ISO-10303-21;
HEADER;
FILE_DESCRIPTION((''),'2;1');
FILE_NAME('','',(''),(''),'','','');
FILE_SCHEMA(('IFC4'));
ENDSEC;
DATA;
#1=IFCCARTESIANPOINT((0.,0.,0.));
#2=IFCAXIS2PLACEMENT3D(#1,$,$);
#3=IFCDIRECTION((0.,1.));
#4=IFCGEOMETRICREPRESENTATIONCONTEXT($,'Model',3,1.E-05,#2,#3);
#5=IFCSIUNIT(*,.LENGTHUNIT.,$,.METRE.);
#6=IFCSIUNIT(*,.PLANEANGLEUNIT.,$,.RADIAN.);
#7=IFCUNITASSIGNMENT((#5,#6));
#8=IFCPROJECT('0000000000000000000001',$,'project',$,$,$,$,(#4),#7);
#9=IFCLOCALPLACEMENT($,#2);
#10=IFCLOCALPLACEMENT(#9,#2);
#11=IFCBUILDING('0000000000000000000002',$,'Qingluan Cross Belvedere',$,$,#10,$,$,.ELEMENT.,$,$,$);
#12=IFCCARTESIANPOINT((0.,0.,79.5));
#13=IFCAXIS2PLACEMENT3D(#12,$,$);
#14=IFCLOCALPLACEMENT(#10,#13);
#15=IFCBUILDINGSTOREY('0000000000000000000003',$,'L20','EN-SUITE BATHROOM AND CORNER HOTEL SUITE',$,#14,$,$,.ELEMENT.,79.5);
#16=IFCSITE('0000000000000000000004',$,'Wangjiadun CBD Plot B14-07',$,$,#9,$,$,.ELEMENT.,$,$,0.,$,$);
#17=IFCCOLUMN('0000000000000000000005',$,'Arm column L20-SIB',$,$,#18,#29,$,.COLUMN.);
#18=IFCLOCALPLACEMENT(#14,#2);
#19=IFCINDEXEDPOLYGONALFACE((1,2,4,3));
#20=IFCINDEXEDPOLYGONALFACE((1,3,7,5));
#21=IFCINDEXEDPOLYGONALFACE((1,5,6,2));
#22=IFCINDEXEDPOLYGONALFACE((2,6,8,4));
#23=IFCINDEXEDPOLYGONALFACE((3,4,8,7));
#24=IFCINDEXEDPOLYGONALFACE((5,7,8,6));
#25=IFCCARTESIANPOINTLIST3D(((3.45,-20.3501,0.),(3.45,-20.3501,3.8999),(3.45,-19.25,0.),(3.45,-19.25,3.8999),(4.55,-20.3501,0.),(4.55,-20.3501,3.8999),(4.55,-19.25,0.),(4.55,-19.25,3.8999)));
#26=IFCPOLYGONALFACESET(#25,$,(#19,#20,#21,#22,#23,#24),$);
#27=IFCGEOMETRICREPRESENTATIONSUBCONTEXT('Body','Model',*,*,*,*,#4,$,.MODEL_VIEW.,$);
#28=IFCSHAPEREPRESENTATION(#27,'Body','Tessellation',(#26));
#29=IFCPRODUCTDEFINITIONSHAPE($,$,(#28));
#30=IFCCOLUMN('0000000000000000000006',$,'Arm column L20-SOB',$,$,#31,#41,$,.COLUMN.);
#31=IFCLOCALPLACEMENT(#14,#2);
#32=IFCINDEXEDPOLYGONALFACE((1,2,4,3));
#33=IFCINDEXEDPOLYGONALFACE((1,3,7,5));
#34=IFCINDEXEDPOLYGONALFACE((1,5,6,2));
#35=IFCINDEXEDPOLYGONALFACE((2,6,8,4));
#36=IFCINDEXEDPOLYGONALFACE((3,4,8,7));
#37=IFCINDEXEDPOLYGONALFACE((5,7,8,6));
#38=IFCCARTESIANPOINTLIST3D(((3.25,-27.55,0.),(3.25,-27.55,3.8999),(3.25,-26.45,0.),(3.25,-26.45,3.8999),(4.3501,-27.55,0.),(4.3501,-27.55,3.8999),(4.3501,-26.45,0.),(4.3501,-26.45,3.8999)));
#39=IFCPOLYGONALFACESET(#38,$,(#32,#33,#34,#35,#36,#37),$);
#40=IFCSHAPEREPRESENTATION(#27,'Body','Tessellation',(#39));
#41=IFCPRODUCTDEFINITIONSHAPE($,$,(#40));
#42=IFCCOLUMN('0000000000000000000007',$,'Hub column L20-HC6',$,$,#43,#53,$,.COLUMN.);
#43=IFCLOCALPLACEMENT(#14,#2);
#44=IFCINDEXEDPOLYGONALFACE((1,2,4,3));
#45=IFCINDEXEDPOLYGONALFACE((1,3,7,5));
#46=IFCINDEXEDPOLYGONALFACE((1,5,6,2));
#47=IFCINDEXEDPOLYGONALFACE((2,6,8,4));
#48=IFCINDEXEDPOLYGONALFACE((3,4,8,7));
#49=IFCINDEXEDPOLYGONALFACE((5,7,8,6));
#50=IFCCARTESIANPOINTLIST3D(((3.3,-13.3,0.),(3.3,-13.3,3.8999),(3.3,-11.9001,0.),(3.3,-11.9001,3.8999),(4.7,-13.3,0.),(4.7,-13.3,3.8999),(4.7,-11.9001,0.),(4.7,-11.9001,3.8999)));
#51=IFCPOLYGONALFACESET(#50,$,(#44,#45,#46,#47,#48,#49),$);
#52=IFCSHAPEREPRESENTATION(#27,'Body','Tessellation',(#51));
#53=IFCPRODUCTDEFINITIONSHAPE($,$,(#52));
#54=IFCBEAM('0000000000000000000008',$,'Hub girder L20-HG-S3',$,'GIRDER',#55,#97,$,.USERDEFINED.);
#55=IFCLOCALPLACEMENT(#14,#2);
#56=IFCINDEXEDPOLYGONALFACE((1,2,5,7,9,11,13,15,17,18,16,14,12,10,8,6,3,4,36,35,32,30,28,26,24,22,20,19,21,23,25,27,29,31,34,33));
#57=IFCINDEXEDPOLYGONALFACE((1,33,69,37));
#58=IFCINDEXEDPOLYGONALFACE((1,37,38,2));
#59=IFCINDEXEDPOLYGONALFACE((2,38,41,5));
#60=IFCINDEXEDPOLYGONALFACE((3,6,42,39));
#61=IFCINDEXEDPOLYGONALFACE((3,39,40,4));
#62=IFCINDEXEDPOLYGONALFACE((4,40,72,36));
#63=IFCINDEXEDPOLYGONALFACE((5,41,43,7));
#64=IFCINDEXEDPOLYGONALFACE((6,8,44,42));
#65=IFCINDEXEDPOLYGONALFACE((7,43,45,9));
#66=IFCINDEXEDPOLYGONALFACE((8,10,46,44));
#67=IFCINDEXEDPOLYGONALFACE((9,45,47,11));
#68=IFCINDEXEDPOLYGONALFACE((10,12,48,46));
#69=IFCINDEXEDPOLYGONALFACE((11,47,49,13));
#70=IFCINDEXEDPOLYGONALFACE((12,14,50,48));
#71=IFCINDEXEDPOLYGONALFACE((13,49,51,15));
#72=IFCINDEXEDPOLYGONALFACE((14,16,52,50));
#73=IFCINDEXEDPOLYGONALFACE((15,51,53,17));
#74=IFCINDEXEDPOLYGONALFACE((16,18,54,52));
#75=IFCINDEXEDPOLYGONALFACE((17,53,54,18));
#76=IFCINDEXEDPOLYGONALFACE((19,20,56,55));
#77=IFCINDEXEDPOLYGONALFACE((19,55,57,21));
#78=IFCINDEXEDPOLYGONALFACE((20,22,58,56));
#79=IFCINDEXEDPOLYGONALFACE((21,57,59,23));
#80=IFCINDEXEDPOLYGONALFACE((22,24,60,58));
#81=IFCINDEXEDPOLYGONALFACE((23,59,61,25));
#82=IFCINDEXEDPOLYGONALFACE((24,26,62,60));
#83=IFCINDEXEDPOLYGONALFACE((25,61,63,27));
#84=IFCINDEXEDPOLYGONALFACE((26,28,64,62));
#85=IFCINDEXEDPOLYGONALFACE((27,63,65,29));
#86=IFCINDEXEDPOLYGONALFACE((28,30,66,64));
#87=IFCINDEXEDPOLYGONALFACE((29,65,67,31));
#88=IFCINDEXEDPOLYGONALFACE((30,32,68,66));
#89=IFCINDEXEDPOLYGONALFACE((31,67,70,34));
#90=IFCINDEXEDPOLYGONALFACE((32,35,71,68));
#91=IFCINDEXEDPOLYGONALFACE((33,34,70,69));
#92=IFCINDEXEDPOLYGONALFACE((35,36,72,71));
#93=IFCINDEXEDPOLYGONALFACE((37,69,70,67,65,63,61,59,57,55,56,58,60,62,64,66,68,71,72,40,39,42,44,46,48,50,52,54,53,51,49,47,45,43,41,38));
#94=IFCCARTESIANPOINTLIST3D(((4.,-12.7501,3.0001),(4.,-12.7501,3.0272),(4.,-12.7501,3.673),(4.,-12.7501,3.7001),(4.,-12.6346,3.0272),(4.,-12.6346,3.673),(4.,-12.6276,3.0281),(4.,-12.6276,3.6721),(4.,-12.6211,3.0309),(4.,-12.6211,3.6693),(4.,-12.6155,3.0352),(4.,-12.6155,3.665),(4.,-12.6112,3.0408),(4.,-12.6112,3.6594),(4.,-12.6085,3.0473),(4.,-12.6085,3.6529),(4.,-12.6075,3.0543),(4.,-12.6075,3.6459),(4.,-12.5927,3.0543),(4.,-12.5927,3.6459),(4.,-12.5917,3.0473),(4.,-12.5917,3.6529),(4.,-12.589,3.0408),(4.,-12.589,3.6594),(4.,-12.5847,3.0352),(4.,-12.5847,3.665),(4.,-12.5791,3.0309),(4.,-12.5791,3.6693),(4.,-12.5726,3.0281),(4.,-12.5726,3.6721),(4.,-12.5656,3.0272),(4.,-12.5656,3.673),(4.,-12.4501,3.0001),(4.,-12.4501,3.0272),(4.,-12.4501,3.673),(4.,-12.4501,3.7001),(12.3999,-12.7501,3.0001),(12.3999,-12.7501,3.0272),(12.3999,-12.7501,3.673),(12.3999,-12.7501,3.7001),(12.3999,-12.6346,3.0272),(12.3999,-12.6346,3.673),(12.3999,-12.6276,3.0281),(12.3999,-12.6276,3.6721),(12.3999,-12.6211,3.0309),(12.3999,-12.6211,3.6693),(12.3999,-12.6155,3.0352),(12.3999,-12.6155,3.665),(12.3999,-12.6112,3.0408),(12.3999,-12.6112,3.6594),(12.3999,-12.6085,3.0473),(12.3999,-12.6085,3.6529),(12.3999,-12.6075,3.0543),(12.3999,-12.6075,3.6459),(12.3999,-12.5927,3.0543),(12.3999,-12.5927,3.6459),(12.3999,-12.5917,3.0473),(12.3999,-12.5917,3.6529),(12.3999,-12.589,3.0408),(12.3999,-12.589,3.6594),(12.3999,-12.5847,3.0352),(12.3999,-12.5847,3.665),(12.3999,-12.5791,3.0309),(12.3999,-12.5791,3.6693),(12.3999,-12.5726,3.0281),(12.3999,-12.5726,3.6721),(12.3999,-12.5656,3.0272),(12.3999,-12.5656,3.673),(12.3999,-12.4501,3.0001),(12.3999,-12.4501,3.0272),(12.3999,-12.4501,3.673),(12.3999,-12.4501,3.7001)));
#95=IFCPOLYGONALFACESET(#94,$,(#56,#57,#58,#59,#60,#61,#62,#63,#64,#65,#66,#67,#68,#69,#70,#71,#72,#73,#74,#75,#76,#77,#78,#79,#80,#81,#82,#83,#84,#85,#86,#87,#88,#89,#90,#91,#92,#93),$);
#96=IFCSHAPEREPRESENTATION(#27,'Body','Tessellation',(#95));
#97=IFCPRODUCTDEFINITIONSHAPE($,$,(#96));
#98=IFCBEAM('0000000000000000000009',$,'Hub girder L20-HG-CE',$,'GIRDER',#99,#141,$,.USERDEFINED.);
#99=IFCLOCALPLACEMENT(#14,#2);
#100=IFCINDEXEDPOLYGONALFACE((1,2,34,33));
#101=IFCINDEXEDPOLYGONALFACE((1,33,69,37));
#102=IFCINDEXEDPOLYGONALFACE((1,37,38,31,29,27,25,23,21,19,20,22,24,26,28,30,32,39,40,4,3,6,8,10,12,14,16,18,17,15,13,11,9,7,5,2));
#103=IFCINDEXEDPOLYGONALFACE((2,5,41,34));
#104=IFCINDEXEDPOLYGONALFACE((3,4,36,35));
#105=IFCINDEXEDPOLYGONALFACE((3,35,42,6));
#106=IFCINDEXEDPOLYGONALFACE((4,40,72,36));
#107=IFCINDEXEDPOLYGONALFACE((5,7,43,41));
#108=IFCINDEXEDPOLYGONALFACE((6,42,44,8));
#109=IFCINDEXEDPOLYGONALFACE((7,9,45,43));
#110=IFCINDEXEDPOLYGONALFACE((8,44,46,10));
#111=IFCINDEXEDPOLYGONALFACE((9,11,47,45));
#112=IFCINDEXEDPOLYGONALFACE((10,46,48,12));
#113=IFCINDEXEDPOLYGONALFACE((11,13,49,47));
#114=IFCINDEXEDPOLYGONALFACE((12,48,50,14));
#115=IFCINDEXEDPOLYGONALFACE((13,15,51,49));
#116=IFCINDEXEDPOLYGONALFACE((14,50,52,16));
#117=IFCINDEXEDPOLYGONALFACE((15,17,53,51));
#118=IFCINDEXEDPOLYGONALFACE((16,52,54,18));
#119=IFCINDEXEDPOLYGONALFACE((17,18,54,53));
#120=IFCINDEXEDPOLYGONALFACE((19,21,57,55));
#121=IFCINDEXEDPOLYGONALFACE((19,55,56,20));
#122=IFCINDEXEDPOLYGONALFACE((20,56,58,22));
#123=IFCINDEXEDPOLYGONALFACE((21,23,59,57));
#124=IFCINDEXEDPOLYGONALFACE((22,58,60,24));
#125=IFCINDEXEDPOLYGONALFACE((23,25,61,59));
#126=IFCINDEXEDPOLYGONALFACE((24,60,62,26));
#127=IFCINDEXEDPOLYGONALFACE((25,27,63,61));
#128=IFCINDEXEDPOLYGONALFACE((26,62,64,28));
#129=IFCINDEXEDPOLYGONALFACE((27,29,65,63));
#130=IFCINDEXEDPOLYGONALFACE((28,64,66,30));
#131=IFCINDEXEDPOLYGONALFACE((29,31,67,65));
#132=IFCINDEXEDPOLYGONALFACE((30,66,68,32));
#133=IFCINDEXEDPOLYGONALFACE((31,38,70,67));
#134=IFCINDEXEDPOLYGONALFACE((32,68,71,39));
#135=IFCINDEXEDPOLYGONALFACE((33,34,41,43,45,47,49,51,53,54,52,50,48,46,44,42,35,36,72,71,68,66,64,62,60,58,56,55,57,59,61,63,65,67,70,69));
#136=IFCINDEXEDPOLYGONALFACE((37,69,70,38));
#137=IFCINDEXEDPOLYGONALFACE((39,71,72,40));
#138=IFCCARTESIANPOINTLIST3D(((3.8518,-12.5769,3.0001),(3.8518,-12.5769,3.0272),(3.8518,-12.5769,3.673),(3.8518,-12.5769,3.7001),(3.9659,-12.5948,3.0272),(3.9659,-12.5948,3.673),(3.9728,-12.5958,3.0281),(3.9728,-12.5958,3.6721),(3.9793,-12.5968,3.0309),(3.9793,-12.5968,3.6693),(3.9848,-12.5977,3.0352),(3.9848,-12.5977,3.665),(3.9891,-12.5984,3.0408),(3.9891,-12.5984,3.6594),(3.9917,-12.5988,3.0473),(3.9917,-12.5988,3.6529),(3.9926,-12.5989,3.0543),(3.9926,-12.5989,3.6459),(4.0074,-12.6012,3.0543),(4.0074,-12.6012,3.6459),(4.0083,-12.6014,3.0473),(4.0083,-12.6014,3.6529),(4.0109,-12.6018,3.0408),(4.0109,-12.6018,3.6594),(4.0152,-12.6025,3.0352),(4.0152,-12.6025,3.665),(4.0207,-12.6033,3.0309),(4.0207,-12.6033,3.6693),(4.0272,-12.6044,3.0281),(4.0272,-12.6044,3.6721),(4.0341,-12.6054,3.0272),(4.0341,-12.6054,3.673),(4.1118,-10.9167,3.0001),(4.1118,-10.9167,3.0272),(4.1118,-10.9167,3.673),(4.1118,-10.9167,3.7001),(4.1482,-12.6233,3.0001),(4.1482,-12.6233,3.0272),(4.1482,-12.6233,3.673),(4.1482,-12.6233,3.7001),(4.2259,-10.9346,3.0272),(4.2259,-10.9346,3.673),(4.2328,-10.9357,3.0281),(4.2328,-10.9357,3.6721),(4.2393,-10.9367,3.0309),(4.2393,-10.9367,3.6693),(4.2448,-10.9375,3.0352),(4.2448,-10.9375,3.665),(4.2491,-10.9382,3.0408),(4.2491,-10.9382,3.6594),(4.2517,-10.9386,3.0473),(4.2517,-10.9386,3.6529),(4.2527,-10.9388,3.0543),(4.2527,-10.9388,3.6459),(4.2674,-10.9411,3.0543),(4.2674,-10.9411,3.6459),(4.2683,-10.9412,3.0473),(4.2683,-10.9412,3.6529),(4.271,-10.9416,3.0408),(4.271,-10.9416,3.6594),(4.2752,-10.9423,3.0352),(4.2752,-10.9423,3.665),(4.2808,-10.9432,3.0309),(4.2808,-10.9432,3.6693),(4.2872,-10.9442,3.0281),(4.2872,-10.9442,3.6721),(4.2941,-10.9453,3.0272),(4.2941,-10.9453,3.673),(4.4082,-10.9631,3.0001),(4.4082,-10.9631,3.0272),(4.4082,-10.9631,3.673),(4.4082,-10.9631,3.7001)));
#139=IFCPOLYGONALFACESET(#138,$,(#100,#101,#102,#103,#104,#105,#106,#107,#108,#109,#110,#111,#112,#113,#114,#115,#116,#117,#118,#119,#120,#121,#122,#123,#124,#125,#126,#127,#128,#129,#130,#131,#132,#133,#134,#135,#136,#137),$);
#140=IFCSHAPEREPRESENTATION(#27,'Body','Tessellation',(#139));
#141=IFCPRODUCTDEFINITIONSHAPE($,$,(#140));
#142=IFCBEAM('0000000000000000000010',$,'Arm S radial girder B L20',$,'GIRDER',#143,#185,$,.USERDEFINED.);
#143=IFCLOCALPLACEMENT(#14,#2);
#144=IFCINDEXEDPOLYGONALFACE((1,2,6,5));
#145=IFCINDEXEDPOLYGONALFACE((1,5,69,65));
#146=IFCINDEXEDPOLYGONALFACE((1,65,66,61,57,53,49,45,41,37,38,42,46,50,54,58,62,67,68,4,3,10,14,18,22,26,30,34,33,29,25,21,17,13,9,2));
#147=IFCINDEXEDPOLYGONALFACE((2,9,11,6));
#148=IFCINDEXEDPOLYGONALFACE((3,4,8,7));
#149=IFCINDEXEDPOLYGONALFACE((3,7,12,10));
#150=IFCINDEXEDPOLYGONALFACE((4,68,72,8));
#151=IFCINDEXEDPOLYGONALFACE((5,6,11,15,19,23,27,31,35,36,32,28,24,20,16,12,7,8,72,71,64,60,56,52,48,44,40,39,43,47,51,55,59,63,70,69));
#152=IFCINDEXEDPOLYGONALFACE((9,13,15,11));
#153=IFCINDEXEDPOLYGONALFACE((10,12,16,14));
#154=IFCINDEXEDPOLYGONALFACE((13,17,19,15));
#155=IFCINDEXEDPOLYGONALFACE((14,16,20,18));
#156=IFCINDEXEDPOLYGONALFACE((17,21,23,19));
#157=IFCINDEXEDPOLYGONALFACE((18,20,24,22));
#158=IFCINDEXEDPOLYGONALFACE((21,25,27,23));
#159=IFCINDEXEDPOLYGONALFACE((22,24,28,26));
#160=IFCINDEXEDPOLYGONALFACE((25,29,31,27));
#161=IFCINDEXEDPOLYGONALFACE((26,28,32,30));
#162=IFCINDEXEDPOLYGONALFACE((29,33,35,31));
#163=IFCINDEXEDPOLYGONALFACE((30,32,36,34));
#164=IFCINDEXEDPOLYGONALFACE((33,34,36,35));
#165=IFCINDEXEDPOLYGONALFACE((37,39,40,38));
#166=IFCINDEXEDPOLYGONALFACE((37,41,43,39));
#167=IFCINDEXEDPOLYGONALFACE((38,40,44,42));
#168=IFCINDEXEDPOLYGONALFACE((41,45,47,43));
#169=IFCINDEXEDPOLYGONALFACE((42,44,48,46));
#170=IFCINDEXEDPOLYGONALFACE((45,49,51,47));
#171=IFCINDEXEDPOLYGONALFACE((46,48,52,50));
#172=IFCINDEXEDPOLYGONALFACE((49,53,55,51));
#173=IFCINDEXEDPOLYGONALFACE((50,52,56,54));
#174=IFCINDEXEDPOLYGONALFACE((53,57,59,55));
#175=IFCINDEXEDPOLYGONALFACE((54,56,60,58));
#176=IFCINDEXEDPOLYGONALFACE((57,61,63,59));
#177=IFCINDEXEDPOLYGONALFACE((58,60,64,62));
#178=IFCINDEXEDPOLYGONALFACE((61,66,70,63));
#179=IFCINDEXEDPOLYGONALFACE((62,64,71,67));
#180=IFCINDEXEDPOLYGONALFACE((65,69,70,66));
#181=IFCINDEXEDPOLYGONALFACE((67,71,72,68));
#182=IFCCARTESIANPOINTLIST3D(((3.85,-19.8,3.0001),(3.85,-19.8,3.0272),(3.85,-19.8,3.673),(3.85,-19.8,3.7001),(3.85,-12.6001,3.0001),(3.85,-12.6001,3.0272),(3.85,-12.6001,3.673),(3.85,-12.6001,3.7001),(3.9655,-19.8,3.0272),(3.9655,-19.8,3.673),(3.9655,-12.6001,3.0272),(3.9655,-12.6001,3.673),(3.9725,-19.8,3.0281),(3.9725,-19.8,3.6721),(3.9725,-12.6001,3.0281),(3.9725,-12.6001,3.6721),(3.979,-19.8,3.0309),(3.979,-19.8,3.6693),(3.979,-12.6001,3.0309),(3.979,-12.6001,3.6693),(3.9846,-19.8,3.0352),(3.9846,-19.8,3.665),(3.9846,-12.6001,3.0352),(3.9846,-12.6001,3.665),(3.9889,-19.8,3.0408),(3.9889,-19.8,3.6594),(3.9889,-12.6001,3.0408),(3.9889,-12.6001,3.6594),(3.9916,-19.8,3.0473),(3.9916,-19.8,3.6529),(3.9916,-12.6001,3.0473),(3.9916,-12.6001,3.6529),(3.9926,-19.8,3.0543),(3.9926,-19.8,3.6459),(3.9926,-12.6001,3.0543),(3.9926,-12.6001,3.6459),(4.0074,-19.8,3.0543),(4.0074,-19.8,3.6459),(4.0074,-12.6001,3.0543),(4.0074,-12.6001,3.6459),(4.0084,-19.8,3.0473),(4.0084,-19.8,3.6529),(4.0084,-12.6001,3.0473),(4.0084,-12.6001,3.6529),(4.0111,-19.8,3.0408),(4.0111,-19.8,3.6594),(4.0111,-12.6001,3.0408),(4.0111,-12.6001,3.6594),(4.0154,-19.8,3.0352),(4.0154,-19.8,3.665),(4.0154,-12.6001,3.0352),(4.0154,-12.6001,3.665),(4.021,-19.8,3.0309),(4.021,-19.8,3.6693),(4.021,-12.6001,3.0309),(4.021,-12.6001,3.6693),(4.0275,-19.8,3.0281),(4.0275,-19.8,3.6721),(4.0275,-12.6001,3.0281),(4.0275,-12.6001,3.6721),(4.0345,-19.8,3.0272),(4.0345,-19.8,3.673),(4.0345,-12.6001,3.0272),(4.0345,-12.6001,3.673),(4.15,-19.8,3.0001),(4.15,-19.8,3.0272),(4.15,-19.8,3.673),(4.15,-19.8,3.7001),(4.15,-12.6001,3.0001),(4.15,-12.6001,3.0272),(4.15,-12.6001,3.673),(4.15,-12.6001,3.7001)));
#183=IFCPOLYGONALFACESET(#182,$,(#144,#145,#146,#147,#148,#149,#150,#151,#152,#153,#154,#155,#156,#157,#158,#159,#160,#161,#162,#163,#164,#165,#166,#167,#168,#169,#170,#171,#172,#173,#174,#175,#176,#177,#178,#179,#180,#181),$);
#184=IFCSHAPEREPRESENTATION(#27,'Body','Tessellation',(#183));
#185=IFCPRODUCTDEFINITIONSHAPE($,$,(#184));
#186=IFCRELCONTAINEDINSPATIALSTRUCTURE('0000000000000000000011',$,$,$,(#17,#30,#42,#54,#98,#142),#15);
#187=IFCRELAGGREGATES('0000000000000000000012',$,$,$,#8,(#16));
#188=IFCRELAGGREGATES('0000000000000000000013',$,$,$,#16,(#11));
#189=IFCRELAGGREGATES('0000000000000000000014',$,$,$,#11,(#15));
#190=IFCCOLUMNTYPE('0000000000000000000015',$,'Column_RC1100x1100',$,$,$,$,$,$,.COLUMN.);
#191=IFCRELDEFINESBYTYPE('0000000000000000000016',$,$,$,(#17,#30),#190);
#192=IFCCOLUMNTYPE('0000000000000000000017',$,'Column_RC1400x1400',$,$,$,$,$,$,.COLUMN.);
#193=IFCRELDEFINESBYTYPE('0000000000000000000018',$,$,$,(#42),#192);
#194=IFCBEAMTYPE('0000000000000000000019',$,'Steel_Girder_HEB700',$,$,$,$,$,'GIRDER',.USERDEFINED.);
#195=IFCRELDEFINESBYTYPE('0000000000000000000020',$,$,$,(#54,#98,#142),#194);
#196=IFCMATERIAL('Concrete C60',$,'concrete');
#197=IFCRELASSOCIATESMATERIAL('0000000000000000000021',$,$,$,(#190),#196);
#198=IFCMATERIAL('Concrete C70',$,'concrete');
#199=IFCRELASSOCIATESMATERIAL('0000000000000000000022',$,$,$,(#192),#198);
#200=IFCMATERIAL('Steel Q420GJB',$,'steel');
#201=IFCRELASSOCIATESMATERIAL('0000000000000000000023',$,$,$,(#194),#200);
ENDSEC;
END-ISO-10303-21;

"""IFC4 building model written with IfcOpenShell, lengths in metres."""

from ifc_helpers import new_model, si_unit, direction, frame, origin, origin_2d, place, context, subcontext, project, spatial, rectangle, i_section, extrude, material, material_profile, profile_set, type_object, element, save


model = new_model("IFC4")

# Units and contexts
model_context = context("Model", 3, precision=1e-05, world=origin(), true_north=direction((0.0, 1.0)))
body_context = subcontext(model_context, "Body", "Model", "MODEL_VIEW")
ifc_project = project(units=[si_unit("LENGTHUNIT", "METRE"), si_unit("PLANEANGLEUNIT", "RADIAN")], contexts=[model_context])

# Site, building, storey
site_placement = place(None, origin())
site = spatial("IfcSite", under=ifc_project, at=site_placement, Name="Wangjiadun CBD Plot B14-07", CompositionType="ELEMENT", RefElevation=0.0)
building_placement = place(site_placement, origin())
building = spatial("IfcBuilding", under=site, at=building_placement, Name="Qingluan Cross Belvedere", CompositionType="ELEMENT")
storey_placement = place(building_placement, frame((0.0, 0.0, 79.5)))
storey = spatial("IfcBuildingStorey", under=building, at=storey_placement, Name="L20", Description="EN-SUITE BATHROOM AND CORNER HOTEL SUITE", CompositionType="ELEMENT", Elevation=79.5)

# Columns
ifc_material_1 = material(Name="Concrete C60", Category="concrete")
ifc_material_profile_1 = material_profile(ifc_material_1, rectangle(XDim=1.1001, YDim=1.1001, at=origin_2d()), Name="RC1100x1100")
ifc_profile_set_1 = profile_set([ifc_material_profile_1], Name="Concrete C60")
column_type_1 = type_object("IfcColumnType", Name="Column_RC1100x1100", PredefinedType="COLUMN", material=ifc_profile_set_1)
for number, where, z_axis, x_axis, name in (
    (1, (4.0, -19.8, 0.0), (0.0, 0.0, 1.0), (1.0, 0.0, 0.0), "Arm column L20-SIB"),
    (2, (3.8, -27.0, 0.0), (0.0, 0.0, 1.0), (1.0, 0.0, 0.0), "Arm column L20-SOB"),
):
    element("IfcColumn", number, at=place(storey_placement, frame(where, z_axis=z_axis, x_axis=x_axis)), inside=storey, type_object=column_type_1, Name=name, PredefinedType="COLUMN", context=body_context, shape_type="SweptSolid", body=[
        extrude(rectangle(XDim=1.1001, YDim=1.1001, at=origin_2d()), origin(), (0.0, 0.0, 1.0), 3.8999),
    ])
ifc_material_2 = material(Name="Concrete C70", Category="concrete")
ifc_material_profile_2 = material_profile(ifc_material_2, rectangle(XDim=1.3999, YDim=1.3999, at=origin_2d()), Name="RC1400x1400")
ifc_profile_set_2 = profile_set([ifc_material_profile_2], Name="Concrete C70")
column_type_2 = type_object("IfcColumnType", Name="Column_RC1400x1400", PredefinedType="COLUMN", material=ifc_profile_set_2)
column_placement = place(storey_placement, frame((4.0, -12.6001, 0.0), z_axis=(0.0, 0.0, 1.0), x_axis=(1.0, 0.0, 0.0)))
element("IfcColumn", 3, at=column_placement, inside=storey, type_object=column_type_2, Name="Hub column L20-HC6", PredefinedType="COLUMN", context=body_context, shape_type="SweptSolid", body=[
    extrude(rectangle(XDim=1.3999, YDim=1.3999, at=origin_2d()), origin(), (0.0, 0.0, 1.0), 3.8999),
])

# Beams
ifc_material_3 = material(Name="Steel Q420GJB", Category="steel")
ifc_material_profile_3 = material_profile(ifc_material_3, i_section(OverallWidth=0.3, OverallDepth=0.7, WebThickness=0.0149, FlangeThickness=0.0271, FilletRadius=0.0271, at=origin_2d()), Name="HEB700")
ifc_profile_set_3 = profile_set([ifc_material_profile_3], Name="Steel Q420GJB")
beam_type = type_object("IfcBeamType", Name="Steel_Girder_HEB700", ElementType="GIRDER", PredefinedType="USERDEFINED", material=ifc_profile_set_3)
beam_1_placement = place(storey_placement, frame((4.0, -12.6001, 3.3501), z_axis=(1.0, 0.0, 0.0), x_axis=(0.0, 1.0, 0.0)))
element("IfcBeam", 4, at=beam_1_placement, inside=storey, type_object=beam_type, Name="Hub girder L20-HG-S3", ObjectType="GIRDER", PredefinedType="USERDEFINED", context=body_context, shape_type="SweptSolid", body=[
    extrude(i_section(OverallWidth=0.3, OverallDepth=0.7, WebThickness=0.0149, FlangeThickness=0.0271, FilletRadius=0.0271, at=origin_2d()), origin(), (0.0, 0.0, 1.0), 8.3999),
])
beam_2_placement = place(storey_placement, frame((4.0, -12.6001, 3.3501), z_axis=(0.154731, 0.987957, 0.0), x_axis=(-0.987957, 0.154731, 0.0)))
element("IfcBeam", 5, at=beam_2_placement, inside=storey, type_object=beam_type, Name="Hub girder L20-HG-CE", ObjectType="GIRDER", PredefinedType="USERDEFINED", context=body_context, shape_type="SweptSolid", body=[
    extrude(i_section(OverallWidth=0.3, OverallDepth=0.7, WebThickness=0.0149, FlangeThickness=0.0271, FilletRadius=0.0271, at=origin_2d()), origin(), (0.0, 0.0, 1.0), 1.6804),
])
beam_3_placement = place(storey_placement, frame((4.0, -12.6001, 3.3501), z_axis=(0.0, -1.0, 0.0), x_axis=(1.0, 0.0, 0.0)))
element("IfcBeam", 6, at=beam_3_placement, inside=storey, type_object=beam_type, Name="Arm S radial girder B L20", ObjectType="GIRDER", PredefinedType="USERDEFINED", context=body_context, shape_type="SweptSolid", body=[
    extrude(i_section(OverallWidth=0.3, OverallDepth=0.7, WebThickness=0.0149, FlangeThickness=0.0271, FilletRadius=0.0271, at=origin_2d()), origin(), (0.0, 0.0, 1.0), 7.2),
])

save(model, "model.ifc")
